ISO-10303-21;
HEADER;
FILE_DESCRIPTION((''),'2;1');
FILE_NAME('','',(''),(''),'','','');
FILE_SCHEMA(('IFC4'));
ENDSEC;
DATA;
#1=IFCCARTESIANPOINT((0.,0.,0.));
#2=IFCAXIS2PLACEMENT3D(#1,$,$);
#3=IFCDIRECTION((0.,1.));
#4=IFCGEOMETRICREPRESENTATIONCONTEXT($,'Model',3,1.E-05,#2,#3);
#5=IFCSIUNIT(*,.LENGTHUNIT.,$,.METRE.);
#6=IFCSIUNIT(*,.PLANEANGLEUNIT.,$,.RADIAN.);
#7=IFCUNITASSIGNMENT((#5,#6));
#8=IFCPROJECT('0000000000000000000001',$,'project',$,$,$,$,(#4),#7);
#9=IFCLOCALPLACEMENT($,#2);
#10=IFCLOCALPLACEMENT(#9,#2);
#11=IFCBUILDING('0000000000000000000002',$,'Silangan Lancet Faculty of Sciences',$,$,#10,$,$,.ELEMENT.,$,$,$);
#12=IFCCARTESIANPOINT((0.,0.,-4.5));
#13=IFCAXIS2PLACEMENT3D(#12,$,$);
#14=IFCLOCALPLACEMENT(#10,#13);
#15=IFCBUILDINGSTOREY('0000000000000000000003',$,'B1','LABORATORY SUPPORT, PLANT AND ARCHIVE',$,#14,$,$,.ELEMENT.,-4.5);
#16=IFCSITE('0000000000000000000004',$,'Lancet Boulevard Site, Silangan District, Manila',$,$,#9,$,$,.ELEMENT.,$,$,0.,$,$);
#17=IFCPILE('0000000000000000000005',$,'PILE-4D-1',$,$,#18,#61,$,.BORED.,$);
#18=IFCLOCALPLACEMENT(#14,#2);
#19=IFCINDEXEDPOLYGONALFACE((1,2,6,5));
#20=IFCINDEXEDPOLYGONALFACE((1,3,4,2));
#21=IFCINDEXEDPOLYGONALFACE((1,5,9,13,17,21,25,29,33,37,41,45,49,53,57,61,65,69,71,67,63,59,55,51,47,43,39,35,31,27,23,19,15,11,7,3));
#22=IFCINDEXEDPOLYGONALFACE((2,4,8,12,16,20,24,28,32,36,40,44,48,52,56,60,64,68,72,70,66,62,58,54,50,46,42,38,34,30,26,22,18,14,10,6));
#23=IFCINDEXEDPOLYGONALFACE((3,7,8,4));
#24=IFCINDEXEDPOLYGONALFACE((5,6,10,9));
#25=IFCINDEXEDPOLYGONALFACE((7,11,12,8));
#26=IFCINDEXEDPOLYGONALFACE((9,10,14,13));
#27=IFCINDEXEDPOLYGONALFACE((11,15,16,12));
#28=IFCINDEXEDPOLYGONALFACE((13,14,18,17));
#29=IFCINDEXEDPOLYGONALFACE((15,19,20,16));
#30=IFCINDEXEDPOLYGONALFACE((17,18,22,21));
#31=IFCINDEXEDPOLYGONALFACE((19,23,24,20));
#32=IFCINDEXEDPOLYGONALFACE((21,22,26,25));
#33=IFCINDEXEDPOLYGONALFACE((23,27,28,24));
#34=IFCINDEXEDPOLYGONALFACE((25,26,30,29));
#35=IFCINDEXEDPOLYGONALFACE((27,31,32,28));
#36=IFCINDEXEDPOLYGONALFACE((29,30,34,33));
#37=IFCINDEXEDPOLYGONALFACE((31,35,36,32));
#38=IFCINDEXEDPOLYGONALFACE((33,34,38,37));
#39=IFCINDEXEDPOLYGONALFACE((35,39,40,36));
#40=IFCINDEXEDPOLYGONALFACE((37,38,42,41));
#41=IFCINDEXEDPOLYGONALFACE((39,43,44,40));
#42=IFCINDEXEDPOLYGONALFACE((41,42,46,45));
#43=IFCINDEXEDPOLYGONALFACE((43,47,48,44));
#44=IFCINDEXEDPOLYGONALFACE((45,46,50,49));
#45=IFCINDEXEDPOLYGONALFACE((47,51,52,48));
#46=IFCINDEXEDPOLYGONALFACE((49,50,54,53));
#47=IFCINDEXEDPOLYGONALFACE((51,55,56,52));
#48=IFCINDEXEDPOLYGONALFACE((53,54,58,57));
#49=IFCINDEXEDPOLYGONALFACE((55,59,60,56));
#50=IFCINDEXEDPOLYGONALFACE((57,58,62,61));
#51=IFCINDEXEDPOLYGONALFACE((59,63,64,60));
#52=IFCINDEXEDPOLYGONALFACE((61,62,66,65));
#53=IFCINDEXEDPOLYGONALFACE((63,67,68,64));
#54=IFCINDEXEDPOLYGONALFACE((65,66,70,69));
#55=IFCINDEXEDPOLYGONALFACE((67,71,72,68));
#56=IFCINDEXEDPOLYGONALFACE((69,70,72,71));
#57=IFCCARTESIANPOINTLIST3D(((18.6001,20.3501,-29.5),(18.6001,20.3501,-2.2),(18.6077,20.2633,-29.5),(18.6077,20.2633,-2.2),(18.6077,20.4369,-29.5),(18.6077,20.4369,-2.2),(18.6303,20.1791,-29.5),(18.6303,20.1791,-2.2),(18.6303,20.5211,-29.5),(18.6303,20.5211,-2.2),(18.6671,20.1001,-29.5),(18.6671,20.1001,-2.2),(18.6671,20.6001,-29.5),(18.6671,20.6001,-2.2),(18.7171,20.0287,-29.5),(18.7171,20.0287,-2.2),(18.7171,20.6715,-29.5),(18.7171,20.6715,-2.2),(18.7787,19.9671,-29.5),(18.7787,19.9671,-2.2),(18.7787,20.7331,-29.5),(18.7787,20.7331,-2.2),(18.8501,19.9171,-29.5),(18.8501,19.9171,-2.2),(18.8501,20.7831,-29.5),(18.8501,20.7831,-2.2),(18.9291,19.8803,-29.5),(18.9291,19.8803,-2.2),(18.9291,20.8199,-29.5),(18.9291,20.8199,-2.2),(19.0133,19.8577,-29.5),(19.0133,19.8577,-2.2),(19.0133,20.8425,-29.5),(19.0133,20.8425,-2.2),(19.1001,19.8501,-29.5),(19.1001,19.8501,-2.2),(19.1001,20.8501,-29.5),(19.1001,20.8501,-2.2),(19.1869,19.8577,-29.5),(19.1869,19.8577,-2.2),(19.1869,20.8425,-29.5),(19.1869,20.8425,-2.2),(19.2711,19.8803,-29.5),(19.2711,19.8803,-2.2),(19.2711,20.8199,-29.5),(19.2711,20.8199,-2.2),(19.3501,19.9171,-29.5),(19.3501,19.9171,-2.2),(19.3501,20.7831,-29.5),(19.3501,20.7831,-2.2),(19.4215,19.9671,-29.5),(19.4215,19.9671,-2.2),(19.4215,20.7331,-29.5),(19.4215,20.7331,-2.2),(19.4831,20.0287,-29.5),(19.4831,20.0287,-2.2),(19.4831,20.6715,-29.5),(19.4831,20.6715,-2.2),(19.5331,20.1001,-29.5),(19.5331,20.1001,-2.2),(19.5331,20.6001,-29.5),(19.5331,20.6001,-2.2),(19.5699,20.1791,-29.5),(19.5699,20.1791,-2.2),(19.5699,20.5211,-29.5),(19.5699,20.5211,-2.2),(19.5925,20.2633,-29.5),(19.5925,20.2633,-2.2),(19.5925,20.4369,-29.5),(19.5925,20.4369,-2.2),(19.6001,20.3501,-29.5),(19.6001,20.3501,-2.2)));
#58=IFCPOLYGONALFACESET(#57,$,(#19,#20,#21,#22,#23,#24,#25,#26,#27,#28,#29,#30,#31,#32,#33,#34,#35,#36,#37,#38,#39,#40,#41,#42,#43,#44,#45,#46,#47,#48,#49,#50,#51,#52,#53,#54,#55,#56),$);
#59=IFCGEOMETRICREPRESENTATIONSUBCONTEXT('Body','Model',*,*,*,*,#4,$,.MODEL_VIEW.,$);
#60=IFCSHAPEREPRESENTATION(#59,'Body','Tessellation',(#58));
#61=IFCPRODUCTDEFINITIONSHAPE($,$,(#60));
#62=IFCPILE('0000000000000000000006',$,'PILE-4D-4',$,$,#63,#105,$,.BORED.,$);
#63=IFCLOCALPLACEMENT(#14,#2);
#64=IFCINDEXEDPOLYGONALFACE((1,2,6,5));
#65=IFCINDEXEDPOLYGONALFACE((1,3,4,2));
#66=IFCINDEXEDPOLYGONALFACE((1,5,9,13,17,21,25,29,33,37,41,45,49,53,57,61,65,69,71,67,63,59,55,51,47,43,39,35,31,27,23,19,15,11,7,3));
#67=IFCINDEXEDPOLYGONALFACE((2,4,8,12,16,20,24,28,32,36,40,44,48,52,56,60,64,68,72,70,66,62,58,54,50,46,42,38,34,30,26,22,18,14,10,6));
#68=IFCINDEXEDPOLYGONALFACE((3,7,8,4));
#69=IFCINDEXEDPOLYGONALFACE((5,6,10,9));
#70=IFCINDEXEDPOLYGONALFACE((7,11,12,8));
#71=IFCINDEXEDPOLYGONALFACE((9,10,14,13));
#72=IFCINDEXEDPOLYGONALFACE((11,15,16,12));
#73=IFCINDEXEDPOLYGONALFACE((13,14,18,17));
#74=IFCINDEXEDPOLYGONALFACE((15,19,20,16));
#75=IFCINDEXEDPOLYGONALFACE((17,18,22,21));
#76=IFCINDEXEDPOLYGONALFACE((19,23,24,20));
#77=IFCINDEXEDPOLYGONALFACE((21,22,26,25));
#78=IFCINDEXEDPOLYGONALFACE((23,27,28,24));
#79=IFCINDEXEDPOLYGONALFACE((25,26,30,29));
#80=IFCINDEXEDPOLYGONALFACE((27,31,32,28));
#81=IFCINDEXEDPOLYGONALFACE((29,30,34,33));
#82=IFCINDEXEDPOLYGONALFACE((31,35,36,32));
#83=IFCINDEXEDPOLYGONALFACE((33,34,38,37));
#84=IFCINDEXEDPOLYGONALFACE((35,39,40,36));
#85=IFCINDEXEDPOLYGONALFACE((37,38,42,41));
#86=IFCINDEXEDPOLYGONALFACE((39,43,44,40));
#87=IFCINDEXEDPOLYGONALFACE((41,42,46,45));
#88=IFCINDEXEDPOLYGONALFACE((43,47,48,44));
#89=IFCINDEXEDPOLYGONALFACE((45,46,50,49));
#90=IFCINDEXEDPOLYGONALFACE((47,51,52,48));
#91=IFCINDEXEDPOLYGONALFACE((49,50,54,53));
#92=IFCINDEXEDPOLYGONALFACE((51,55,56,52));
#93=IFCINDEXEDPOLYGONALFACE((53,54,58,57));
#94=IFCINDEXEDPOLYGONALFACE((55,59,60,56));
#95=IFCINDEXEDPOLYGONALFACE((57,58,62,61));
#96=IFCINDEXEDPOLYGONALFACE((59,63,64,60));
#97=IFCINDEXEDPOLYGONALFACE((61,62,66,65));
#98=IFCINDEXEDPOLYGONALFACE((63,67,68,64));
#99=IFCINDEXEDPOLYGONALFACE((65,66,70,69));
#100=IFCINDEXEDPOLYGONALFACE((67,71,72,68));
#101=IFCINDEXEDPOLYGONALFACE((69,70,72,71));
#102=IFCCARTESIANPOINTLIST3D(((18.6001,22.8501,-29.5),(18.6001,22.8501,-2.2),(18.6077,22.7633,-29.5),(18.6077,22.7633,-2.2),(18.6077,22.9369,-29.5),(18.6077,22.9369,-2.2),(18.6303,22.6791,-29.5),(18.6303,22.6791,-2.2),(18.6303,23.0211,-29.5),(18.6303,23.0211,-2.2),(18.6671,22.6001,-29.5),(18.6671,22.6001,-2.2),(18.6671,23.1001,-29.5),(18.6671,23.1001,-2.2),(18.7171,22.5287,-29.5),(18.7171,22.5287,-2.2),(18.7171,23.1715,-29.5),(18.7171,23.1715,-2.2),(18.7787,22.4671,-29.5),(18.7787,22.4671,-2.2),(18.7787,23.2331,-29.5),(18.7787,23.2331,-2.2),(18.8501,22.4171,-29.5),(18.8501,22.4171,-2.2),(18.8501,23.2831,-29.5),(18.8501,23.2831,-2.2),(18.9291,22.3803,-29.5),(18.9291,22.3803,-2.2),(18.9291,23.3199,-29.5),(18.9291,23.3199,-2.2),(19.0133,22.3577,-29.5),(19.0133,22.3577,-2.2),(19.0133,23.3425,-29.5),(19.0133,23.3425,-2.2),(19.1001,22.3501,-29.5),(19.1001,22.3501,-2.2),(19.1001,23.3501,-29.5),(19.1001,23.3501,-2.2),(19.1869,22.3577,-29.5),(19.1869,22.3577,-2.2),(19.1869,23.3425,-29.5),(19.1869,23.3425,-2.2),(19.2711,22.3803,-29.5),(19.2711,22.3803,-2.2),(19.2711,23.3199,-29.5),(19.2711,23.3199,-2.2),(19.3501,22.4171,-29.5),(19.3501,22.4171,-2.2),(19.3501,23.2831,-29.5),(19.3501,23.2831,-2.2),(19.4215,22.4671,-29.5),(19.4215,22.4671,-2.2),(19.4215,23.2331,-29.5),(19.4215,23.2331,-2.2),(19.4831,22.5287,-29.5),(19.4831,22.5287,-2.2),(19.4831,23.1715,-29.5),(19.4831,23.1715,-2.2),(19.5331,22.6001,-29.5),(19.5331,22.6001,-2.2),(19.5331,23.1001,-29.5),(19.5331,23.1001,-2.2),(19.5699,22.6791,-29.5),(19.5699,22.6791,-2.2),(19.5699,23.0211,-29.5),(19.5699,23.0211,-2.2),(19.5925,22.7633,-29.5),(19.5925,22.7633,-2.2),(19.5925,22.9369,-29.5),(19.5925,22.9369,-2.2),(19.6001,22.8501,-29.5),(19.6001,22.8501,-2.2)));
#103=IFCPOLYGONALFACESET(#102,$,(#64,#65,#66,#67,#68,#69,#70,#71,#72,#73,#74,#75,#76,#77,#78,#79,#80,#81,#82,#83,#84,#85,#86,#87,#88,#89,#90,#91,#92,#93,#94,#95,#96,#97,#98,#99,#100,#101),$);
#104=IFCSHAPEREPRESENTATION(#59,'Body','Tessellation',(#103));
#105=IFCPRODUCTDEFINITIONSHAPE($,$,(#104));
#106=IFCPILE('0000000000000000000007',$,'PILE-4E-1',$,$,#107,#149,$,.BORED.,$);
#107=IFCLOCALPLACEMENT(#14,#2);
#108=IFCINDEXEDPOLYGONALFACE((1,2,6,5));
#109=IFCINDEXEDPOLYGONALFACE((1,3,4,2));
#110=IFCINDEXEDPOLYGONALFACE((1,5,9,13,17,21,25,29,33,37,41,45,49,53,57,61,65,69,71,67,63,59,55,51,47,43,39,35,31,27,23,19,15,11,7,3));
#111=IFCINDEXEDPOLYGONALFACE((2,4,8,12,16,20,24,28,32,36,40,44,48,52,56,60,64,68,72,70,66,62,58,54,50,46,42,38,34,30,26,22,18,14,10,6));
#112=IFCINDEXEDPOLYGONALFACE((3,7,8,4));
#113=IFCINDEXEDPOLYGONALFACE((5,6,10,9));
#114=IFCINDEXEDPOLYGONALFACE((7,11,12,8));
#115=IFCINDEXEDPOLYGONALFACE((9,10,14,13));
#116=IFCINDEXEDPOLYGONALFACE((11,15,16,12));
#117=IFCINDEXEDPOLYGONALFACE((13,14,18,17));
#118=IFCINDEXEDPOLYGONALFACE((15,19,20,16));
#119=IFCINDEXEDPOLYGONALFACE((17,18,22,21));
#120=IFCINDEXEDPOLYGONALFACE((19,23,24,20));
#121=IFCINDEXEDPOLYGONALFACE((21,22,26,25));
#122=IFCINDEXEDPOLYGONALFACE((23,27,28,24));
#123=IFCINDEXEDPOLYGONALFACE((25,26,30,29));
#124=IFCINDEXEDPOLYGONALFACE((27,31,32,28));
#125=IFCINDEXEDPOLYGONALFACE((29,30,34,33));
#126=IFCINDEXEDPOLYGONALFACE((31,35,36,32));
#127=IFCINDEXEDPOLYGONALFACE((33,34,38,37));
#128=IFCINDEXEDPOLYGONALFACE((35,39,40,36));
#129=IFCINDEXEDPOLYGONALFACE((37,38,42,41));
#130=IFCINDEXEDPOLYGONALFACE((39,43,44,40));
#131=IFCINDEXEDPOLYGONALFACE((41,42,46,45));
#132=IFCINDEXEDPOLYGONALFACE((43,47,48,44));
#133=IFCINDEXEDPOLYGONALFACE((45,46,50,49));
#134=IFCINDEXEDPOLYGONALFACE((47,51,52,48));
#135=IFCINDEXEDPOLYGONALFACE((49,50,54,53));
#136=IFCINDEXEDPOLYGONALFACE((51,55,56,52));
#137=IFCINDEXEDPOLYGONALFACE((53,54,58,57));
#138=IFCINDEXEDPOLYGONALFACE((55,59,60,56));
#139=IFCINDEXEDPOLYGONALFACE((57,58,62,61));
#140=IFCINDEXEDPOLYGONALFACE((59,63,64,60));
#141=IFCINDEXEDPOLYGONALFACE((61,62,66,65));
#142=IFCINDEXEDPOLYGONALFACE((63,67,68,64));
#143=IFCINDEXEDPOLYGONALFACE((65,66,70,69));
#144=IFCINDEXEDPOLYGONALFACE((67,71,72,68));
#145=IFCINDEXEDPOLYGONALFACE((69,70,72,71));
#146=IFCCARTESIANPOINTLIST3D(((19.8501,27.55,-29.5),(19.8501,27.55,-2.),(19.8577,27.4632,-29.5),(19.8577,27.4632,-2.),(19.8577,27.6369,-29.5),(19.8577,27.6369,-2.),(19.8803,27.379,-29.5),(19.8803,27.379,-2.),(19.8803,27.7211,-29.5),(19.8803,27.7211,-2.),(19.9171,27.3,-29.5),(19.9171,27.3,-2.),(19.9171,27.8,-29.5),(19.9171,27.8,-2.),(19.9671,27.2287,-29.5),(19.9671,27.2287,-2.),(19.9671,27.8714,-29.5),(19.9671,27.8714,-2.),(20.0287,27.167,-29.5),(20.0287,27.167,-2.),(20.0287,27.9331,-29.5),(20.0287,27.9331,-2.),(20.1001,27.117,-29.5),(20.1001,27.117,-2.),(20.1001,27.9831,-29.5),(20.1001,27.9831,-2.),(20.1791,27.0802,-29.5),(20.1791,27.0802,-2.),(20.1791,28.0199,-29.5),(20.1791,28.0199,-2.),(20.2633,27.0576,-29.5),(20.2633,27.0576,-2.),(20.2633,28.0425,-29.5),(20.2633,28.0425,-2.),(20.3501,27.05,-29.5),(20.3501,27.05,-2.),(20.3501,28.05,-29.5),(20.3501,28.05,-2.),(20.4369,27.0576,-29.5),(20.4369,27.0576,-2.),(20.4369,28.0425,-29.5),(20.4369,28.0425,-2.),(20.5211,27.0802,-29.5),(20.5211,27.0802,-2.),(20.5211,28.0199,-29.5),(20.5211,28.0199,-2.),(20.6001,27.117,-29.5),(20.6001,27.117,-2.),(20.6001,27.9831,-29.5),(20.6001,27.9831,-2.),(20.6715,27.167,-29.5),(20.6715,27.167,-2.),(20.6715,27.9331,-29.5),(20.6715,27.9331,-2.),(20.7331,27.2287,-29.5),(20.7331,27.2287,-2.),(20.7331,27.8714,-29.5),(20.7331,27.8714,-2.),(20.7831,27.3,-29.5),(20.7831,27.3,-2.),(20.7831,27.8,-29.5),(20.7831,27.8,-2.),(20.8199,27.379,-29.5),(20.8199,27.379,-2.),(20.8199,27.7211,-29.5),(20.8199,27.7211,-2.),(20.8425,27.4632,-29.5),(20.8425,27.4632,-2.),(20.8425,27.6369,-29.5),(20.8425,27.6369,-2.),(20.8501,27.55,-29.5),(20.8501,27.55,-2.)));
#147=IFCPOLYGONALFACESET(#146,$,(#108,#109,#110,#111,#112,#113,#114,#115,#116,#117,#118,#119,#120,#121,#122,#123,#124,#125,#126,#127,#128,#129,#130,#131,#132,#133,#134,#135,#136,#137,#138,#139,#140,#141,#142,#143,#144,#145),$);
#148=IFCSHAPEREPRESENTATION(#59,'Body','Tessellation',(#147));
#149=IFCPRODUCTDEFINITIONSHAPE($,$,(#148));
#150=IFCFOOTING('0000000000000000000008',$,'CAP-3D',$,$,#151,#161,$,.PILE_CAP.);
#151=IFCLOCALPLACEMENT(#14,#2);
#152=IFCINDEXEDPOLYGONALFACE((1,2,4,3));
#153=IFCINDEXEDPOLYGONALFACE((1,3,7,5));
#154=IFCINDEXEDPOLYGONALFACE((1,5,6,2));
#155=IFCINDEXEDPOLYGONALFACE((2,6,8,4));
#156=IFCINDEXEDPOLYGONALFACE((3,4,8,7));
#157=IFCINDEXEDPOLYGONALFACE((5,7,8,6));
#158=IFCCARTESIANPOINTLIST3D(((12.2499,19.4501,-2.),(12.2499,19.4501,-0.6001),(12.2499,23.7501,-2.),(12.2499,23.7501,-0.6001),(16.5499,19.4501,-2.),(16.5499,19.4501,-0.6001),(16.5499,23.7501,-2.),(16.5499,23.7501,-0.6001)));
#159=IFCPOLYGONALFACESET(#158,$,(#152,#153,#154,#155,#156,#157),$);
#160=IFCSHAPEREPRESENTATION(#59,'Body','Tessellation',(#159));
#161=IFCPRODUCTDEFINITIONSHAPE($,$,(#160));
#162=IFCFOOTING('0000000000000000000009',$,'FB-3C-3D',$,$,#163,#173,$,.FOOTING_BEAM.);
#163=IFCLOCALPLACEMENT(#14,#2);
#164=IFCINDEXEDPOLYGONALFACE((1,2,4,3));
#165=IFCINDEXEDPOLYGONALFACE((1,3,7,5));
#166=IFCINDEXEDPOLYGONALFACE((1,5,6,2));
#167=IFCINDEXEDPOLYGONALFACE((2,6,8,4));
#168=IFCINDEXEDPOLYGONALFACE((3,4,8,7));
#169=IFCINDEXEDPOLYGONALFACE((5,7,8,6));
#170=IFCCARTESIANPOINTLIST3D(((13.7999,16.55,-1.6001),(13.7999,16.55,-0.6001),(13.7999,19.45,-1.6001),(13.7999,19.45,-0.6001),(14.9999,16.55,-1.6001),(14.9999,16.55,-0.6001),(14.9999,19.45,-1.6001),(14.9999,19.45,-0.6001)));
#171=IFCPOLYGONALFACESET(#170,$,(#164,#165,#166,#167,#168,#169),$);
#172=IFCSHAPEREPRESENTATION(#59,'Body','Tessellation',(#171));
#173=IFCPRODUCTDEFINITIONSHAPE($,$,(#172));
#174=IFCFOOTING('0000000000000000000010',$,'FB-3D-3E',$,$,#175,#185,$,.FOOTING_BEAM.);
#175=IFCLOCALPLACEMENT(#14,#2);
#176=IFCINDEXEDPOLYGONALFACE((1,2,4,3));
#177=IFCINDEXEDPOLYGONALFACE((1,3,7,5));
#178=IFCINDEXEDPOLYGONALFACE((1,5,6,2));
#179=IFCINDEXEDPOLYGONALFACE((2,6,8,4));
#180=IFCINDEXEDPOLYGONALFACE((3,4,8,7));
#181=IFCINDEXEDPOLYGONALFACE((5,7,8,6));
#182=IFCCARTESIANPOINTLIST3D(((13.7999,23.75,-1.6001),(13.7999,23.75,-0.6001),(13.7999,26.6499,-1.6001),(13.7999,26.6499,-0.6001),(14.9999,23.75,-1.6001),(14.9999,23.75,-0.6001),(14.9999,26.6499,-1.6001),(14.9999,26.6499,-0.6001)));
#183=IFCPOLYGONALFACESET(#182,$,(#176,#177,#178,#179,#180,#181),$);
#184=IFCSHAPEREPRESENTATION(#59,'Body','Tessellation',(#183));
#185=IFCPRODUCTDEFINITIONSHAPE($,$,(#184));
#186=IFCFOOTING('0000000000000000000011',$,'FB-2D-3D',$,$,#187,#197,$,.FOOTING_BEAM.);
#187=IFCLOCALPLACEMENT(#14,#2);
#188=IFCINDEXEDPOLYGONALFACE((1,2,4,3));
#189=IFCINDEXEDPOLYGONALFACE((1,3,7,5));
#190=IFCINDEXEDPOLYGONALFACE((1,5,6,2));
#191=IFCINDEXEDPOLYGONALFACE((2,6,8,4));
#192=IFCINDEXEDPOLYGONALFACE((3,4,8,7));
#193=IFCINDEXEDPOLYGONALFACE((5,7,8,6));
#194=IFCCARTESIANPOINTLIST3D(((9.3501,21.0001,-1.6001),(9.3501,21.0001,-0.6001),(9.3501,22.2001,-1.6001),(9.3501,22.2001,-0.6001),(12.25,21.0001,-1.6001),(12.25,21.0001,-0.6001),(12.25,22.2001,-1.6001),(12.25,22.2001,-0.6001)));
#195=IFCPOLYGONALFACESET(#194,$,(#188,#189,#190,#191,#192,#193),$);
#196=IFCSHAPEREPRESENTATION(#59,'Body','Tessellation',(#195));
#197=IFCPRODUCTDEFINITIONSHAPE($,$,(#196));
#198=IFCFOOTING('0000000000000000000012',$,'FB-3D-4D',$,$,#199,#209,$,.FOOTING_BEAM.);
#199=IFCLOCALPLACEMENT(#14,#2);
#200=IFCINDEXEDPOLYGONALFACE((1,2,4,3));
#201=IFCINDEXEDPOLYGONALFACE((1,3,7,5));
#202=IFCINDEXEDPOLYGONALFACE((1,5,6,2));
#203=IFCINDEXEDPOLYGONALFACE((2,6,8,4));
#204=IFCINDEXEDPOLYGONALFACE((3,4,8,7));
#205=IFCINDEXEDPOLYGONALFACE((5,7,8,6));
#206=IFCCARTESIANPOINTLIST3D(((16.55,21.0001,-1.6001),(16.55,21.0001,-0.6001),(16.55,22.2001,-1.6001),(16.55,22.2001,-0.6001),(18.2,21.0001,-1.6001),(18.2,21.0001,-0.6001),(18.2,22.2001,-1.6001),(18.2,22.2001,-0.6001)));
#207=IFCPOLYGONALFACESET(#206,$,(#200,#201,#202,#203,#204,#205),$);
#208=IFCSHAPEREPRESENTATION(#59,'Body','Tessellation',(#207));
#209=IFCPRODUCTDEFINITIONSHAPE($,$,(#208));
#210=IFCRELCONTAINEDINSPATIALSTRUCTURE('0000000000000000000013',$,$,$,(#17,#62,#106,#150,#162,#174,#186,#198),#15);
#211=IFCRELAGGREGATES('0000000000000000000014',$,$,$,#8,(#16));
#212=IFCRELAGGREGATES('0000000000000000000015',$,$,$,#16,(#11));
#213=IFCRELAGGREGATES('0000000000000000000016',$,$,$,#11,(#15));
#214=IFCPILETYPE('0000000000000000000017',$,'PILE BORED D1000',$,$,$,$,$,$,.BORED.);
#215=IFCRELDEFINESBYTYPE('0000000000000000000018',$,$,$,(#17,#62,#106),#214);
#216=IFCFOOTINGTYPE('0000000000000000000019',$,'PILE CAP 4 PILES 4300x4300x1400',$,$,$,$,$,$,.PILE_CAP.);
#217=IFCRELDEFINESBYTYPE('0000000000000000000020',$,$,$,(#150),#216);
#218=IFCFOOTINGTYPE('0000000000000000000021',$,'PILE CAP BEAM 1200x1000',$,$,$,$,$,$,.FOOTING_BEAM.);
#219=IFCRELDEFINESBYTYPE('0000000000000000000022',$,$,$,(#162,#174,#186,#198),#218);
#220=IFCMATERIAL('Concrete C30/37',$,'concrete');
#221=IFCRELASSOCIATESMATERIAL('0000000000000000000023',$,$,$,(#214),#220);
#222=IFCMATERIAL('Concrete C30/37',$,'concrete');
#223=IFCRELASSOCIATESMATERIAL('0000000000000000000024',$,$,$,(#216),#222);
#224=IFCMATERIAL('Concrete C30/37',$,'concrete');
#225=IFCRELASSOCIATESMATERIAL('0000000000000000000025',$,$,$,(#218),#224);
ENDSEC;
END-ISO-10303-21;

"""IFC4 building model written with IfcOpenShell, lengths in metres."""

from ifc_helpers import new_model, si_unit, direction, frame, origin, origin_2d, place, context, subcontext, project, spatial, rectangle, circle, extrude, material, material_profile, profile_set, type_object, element, save


model = new_model("IFC4")

# Units and contexts
model_context = context("Model", 3, precision=1e-05, world=origin(), true_north=direction((0.0, 1.0)))
body_context = subcontext(model_context, "Body", "Model", "MODEL_VIEW")
ifc_project = project(units=[si_unit("LENGTHUNIT", "METRE"), si_unit("PLANEANGLEUNIT", "RADIAN")], contexts=[model_context])

# Site, building, storey
site_placement = place(None, origin())
site = spatial("IfcSite", under=ifc_project, at=site_placement, Name="Lancet Boulevard Site, Silangan District, Manila", CompositionType="ELEMENT", RefElevation=0.0)
building_placement = place(site_placement, origin())
building = spatial("IfcBuilding", under=site, at=building_placement, Name="Silangan Lancet Faculty of Sciences", CompositionType="ELEMENT")
storey_placement = place(building_placement, frame((0.0, 0.0, -4.5)))
storey = spatial("IfcBuildingStorey", under=building, at=storey_placement, Name="B1", Description="LABORATORY SUPPORT, PLANT AND ARCHIVE", CompositionType="ELEMENT", Elevation=-4.5)

# Piles
ifc_material_1 = material(Name="Concrete C30/37", Category="concrete")
ifc_material_profile_1 = material_profile(ifc_material_1, circle(Radius=0.5, at=origin_2d()), Name="BORED PILE D1000")
ifc_profile_set_1 = profile_set([ifc_material_profile_1], Name="Concrete C30/37")
pile_type = type_object("IfcPileType", Name="PILE BORED D1000", PredefinedType="BORED", material=ifc_profile_set_1)
for number, where, z_axis, x_axis, name in (
    (1, (19.1001, 20.3501, -2.2), (0.0, 0.0, -1.0), (1.0, 0.0, 0.0), "PILE-4D-1"),
    (2, (19.1001, 22.8501, -2.2), (0.0, 0.0, -1.0), (1.0, 0.0, 0.0), "PILE-4D-4"),
):
    element("IfcPile", number, at=place(storey_placement, frame(where, z_axis=z_axis, x_axis=x_axis)), inside=storey, type_object=pile_type, Name=name, PredefinedType="BORED", context=body_context, shape_type="SweptSolid", body=[
        extrude(circle(Radius=0.5, at=origin_2d()), origin(), (0.0, 0.0, 1.0), 27.3),
    ])
pile_placement = place(storey_placement, frame((20.3501, 27.55, -2.0), z_axis=(0.0, 0.0, -1.0), x_axis=(1.0, 0.0, 0.0)))
element("IfcPile", 3, at=pile_placement, inside=storey, type_object=pile_type, Name="PILE-4E-1", PredefinedType="BORED", context=body_context, shape_type="SweptSolid", body=[
    extrude(circle(Radius=0.5, at=origin_2d()), origin(), (0.0, 0.0, 1.0), 27.5),
])

# Footings
ifc_material_2 = material(Name="Concrete C30/37", Category="concrete")
footing_type_1 = type_object("IfcFootingType", Name="PILE CAP 4 PILES 4300x4300x1400", PredefinedType="PILE_CAP", material=ifc_material_2)
footing_1_placement = place(storey_placement, frame((14.3999, 21.6001, -2.0), z_axis=(0.0, 0.0, 1.0), x_axis=(1.0, 0.0, 0.0)))
element("IfcFooting", 4, at=footing_1_placement, inside=storey, type_object=footing_type_1, Name="CAP-3D", PredefinedType="PILE_CAP", context=body_context, shape_type="SweptSolid", body=[
    extrude(rectangle(XDim=4.3, YDim=4.3, at=origin_2d()), origin(), (0.0, 0.0, 1.0), 1.3999),
])
ifc_material_3 = material(Name="Concrete C30/37", Category="concrete")
footing_type_2 = type_object("IfcFootingType", Name="PILE CAP BEAM 1200x1000", PredefinedType="FOOTING_BEAM", material=ifc_material_3)
for number, where, z_axis, x_axis, name in (
    (5, (14.3999, 18.0, -1.6001), (0.0, 0.0, 1.0), (0.0, 1.0, 0.0), "FB-3C-3D"),
    (6, (14.3999, 25.2, -1.6001), (0.0, 0.0, 1.0), (0.0, 1.0, 0.0), "FB-3D-3E"),
    (7, (10.8, 21.6001, -1.6001), (0.0, 0.0, 1.0), (1.0, 0.0, 0.0), "FB-2D-3D"),
):
    element("IfcFooting", number, at=place(storey_placement, frame(where, z_axis=z_axis, x_axis=x_axis)), inside=storey, type_object=footing_type_2, Name=name, PredefinedType="FOOTING_BEAM", context=body_context, shape_type="SweptSolid", body=[
        extrude(rectangle(XDim=2.8999, YDim=1.2, at=origin_2d()), origin(), (0.0, 0.0, 1.0), 1.0),
    ])
footing_2_placement = place(storey_placement, frame((17.375, 21.6001, -1.6001), z_axis=(0.0, 0.0, 1.0), x_axis=(1.0, 0.0, 0.0)))
element("IfcFooting", 8, at=footing_2_placement, inside=storey, type_object=footing_type_2, Name="FB-3D-4D", PredefinedType="FOOTING_BEAM", context=body_context, shape_type="SweptSolid", body=[
    extrude(rectangle(XDim=1.6499, YDim=1.2, at=origin_2d()), origin(), (0.0, 0.0, 1.0), 1.0),
])

save(model, "model.ifc")
